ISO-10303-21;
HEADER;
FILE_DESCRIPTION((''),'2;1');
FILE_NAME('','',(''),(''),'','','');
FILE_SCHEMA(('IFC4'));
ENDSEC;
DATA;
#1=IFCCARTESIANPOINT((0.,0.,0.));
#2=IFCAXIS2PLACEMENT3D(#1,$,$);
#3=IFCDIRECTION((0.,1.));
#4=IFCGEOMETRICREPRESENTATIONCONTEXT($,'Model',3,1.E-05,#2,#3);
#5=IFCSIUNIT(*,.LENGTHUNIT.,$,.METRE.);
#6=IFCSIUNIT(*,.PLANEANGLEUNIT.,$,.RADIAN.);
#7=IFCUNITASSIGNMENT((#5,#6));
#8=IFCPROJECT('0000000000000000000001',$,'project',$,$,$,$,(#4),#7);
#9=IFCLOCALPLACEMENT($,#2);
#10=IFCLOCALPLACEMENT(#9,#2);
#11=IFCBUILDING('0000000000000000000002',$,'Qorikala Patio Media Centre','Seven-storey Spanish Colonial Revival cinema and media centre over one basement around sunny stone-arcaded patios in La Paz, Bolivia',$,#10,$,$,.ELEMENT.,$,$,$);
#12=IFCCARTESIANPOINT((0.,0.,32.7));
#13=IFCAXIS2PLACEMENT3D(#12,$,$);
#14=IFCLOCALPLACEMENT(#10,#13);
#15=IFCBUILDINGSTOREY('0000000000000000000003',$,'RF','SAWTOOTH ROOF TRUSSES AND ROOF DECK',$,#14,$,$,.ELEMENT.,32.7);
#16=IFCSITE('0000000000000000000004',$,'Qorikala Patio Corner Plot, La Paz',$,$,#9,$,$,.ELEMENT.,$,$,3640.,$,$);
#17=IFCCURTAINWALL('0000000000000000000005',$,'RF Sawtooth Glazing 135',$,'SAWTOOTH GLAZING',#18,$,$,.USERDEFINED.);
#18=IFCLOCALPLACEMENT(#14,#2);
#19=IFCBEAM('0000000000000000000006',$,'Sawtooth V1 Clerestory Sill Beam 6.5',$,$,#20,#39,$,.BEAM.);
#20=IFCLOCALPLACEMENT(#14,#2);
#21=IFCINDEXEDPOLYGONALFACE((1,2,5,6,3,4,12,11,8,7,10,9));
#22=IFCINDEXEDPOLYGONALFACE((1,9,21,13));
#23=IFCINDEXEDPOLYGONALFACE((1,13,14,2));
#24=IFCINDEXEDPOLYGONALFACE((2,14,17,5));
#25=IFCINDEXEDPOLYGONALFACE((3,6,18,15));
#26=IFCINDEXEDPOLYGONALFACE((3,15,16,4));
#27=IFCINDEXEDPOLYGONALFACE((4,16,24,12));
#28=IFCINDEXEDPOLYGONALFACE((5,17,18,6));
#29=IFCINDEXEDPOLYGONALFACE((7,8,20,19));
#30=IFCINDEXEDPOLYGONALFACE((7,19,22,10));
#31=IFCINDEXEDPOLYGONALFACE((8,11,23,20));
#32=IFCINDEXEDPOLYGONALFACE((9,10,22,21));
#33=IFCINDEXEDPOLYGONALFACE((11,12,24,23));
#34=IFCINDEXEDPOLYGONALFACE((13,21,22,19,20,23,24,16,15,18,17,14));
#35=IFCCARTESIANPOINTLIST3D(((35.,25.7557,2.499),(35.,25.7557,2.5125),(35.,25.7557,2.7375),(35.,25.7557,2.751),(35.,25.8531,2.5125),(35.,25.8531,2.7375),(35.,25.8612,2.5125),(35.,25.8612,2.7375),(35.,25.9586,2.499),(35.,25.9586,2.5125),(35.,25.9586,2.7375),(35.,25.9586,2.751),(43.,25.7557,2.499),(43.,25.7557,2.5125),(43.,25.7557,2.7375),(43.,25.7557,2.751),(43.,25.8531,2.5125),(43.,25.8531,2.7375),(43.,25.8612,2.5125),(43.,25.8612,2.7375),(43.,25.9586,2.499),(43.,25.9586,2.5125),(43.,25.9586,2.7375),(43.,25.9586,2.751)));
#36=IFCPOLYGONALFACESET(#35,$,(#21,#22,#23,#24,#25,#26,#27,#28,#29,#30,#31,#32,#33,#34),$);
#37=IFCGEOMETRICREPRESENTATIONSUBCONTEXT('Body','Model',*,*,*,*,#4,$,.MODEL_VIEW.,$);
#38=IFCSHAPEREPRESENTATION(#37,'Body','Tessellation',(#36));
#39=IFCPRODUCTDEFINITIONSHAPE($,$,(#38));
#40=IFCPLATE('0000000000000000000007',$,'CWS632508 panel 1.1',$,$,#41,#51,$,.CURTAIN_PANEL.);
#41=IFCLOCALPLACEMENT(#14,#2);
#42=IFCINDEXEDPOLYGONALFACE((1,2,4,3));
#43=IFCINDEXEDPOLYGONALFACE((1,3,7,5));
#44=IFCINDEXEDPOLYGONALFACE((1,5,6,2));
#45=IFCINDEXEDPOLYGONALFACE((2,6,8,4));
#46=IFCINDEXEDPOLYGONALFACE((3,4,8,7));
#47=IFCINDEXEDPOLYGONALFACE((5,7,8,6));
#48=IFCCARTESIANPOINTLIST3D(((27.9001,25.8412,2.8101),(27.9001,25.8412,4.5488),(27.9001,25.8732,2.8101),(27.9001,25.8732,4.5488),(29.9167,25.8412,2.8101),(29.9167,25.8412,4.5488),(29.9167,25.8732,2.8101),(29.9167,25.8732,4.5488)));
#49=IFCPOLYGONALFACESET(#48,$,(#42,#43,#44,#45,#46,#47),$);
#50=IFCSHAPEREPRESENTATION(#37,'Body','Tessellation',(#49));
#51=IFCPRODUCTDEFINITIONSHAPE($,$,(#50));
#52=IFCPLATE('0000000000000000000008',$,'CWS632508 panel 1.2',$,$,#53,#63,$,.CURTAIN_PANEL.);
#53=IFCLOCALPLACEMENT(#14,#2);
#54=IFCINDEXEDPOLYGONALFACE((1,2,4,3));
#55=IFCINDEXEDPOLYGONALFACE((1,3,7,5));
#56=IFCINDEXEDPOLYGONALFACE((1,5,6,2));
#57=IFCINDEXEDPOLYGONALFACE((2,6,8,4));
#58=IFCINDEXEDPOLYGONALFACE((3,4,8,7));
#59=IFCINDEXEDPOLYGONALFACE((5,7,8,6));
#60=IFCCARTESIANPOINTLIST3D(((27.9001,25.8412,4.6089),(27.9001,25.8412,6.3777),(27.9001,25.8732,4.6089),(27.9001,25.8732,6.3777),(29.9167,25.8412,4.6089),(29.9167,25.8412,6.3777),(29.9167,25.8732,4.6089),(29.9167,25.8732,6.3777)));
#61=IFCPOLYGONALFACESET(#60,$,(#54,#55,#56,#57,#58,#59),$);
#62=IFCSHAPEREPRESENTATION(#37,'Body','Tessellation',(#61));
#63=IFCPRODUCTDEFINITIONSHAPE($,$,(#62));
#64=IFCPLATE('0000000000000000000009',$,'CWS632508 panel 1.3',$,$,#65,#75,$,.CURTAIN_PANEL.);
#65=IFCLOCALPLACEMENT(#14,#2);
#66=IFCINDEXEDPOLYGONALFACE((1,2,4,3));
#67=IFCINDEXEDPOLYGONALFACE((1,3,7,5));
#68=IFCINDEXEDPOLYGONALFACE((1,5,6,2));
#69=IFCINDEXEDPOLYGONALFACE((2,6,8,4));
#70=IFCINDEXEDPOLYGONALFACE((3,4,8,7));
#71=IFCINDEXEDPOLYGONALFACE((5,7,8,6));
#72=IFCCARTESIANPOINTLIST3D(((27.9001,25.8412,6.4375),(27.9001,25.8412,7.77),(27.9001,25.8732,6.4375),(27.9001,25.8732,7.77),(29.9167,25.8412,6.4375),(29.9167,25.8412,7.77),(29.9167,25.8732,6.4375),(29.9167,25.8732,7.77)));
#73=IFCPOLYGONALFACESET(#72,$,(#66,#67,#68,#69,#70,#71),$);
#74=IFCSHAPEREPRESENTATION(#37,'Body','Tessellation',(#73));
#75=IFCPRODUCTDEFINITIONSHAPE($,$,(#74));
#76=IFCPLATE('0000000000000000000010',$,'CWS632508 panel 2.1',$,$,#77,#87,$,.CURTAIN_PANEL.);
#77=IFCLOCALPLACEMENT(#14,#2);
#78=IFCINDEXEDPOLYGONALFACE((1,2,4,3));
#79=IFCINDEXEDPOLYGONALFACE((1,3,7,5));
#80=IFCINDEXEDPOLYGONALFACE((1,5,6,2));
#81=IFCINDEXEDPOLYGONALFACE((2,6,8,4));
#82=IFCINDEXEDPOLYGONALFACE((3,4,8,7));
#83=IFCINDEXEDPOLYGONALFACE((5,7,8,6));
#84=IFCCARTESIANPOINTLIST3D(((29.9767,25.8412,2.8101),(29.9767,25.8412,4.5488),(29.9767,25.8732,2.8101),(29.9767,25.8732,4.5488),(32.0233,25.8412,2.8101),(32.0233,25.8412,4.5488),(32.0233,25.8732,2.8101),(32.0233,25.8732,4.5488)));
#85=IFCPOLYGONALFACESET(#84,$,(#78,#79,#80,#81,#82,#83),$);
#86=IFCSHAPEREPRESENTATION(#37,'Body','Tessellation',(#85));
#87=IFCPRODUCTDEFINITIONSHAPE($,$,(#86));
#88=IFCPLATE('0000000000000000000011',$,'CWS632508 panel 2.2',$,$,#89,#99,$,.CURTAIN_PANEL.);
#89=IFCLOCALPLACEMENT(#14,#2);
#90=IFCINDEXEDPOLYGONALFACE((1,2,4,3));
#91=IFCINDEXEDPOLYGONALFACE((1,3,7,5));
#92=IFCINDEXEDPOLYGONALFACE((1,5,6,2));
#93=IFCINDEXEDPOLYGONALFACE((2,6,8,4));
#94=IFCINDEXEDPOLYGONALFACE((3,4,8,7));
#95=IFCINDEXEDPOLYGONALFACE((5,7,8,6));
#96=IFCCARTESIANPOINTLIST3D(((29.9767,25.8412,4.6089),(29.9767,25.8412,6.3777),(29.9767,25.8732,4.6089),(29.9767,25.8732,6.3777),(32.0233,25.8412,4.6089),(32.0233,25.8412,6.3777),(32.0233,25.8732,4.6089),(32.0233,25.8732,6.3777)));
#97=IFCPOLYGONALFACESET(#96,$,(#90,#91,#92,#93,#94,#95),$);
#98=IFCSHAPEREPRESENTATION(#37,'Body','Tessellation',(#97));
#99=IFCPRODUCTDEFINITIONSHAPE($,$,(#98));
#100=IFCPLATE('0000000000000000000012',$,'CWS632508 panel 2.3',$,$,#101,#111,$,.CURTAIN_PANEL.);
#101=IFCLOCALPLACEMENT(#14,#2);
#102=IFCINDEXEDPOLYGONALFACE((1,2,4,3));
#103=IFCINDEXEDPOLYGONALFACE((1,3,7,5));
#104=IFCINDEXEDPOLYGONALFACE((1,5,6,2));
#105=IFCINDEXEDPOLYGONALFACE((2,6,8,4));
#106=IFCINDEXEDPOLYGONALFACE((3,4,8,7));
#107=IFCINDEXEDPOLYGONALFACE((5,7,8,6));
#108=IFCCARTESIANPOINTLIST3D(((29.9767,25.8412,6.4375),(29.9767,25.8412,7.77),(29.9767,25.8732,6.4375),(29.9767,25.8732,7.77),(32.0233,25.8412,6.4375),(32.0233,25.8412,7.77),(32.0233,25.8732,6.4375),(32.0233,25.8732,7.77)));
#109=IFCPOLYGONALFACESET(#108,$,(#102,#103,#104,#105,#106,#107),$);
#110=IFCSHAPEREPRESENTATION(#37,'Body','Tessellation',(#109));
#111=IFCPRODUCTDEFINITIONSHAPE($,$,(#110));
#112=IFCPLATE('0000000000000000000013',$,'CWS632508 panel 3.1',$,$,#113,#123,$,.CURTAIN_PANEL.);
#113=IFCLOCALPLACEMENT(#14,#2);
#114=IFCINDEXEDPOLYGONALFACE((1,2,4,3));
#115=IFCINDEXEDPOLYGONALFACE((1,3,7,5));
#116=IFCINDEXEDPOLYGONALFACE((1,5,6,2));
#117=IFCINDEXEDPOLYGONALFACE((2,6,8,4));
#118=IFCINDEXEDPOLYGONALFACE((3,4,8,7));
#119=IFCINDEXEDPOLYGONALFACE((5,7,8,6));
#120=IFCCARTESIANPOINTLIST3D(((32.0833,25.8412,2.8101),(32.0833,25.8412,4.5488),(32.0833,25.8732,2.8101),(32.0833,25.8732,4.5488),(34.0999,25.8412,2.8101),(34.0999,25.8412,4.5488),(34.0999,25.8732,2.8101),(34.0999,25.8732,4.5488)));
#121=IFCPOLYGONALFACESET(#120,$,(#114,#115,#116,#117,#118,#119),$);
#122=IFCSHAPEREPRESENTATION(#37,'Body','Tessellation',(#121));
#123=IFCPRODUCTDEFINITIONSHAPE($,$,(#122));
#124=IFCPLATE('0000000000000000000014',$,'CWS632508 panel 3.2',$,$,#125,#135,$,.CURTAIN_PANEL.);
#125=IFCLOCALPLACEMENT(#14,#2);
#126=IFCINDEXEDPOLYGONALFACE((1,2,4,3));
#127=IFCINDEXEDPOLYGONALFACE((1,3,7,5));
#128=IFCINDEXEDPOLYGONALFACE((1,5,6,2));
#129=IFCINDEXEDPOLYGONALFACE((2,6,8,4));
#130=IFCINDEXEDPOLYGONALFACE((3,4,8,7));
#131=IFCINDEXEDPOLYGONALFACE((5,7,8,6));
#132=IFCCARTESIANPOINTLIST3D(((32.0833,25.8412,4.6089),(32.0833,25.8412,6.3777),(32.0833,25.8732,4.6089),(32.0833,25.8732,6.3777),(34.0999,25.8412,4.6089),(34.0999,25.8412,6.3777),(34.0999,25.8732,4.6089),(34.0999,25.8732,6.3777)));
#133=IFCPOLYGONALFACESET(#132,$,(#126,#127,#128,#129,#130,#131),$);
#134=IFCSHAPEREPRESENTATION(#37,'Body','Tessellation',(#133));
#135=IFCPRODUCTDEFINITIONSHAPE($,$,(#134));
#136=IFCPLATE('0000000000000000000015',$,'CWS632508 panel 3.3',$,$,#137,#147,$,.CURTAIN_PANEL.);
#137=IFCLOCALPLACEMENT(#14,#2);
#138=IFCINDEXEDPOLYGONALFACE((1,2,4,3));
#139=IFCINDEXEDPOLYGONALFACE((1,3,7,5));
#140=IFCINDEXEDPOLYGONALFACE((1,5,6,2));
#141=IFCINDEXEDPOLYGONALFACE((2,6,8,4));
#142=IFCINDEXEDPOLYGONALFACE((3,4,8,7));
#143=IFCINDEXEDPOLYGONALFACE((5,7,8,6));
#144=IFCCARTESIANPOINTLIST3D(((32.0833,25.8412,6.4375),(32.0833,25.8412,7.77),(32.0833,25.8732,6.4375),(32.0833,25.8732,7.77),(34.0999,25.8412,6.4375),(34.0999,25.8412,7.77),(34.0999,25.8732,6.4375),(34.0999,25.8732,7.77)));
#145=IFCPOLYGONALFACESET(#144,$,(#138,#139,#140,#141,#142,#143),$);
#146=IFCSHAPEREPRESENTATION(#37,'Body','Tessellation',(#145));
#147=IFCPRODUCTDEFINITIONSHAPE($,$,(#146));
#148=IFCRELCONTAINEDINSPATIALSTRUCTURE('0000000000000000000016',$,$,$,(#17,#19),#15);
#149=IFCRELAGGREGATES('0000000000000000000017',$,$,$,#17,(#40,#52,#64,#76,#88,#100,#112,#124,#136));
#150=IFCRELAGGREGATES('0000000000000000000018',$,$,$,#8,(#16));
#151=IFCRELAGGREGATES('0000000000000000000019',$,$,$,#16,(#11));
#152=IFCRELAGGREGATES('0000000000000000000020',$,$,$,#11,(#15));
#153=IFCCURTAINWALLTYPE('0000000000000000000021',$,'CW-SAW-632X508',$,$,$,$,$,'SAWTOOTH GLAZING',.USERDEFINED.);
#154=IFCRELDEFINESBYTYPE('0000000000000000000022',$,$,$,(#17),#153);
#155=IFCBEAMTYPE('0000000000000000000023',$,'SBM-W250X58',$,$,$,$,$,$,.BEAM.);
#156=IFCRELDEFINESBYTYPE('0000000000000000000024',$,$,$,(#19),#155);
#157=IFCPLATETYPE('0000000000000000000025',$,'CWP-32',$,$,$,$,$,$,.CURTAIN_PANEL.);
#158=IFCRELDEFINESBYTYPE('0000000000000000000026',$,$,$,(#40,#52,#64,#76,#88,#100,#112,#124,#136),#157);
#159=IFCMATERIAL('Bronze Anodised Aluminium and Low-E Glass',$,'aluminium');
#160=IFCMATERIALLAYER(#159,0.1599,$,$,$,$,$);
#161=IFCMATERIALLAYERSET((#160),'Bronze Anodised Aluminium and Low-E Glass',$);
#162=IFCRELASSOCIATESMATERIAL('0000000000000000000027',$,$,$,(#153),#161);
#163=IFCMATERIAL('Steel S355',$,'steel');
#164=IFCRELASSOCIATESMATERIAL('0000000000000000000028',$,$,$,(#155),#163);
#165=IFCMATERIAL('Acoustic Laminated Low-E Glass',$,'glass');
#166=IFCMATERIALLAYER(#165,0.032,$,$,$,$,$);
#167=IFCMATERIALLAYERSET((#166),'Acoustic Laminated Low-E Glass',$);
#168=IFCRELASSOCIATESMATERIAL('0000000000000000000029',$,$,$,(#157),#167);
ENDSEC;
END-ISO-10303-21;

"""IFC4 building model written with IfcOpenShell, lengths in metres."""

from ifc_helpers import new_model, si_unit, direction, frame, origin, origin_2d, place, context, subcontext, project, spatial, rectangle, i_section, extrude, material, layer, layer_set, material_profile, profile_set, type_object, element, aggregate, save


model = new_model("IFC4")

# Units and contexts
model_context = context("Model", 3, precision=1e-05, world=origin(), true_north=direction((0.0, 1.0)))
body_context = subcontext(model_context, "Body", "Model", "MODEL_VIEW")
ifc_project = project(units=[si_unit("LENGTHUNIT", "METRE"), si_unit("PLANEANGLEUNIT", "RADIAN")], contexts=[model_context])

# Site, building, storey
site_placement = place(None, origin())
site = spatial("IfcSite", under=ifc_project, at=site_placement, Name="Qorikala Patio Corner Plot, La Paz", CompositionType="ELEMENT", RefElevation=3640.0)
building_placement = place(site_placement, origin())
building = spatial("IfcBuilding", under=site, at=building_placement, Name="Qorikala Patio Media Centre", Description="Seven-storey Spanish Colonial Revival cinema and media centre over one basement around sunny stone-arcaded patios in La Paz, Bolivia", CompositionType="ELEMENT")
storey_placement = place(building_placement, frame((0.0, 0.0, 32.7)))
storey = spatial("IfcBuildingStorey", under=building, at=storey_placement, Name="RF", Description="SAWTOOTH ROOF TRUSSES AND ROOF DECK", CompositionType="ELEMENT", Elevation=32.7)

# Curtain wall
ifc_material_1 = material(Name="Bronze Anodised Aluminium and Low-E Glass", Category="aluminium")
ifc_layer_1 = layer(ifc_material_1, 0.1599)
ifc_layer_set_1 = layer_set([ifc_layer_1], Name="Bronze Anodised Aluminium and Low-E Glass")
curtain_wall_type = type_object("IfcCurtainWallType", Name="CW-SAW-632X508", ElementType="SAWTOOTH GLAZING", PredefinedType="USERDEFINED", material=ifc_layer_set_1)
curtain_wall_placement = place(storey_placement, origin())
curtain_wall = element("IfcCurtainWall", 1, at=curtain_wall_placement, inside=storey, type_object=curtain_wall_type, Name="RF Sawtooth Glazing 135", ObjectType="SAWTOOTH GLAZING", PredefinedType="USERDEFINED")

# Beam
ifc_material_2 = material(Name="Steel S355", Category="steel")
ifc_material_profile_1 = material_profile(ifc_material_2, i_section(OverallWidth=0.2029, OverallDepth=0.252, WebThickness=0.0081, FlangeThickness=0.0134, at=origin_2d()), Name="W250X58")
ifc_profile_set_1 = profile_set([ifc_material_profile_1], Name="Steel S355")
beam_type = type_object("IfcBeamType", Name="SBM-W250X58", PredefinedType="BEAM", material=ifc_profile_set_1)
beam_placement = place(storey_placement, frame((35.0, 25.8572, 2.625), z_axis=(1.0, 0.0, 0.0), x_axis=(0.0, 1.0, 0.0)))
element("IfcBeam", 2, at=beam_placement, inside=storey, type_object=beam_type, Name="Sawtooth V1 Clerestory Sill Beam 6.5", PredefinedType="BEAM", context=body_context, shape_type="SweptSolid", body=[
    extrude(i_section(OverallWidth=0.2029, OverallDepth=0.252, WebThickness=0.0081, FlangeThickness=0.0134, at=origin_2d()), origin(), (0.0, 0.0, 1.0), 8.0),
])

# Plates
ifc_material_3 = material(Name="Acoustic Laminated Low-E Glass", Category="glass")
ifc_layer_2 = layer(ifc_material_3, 0.032)
ifc_layer_set_2 = layer_set([ifc_layer_2], Name="Acoustic Laminated Low-E Glass")
plate_type = type_object("IfcPlateType", Name="CWP-32", PredefinedType="CURTAIN_PANEL", material=ifc_layer_set_2)
plate_1_placement = place(storey_placement, frame((28.9084, 25.8572, 2.8101), z_axis=(0.0, 0.0, 1.0), x_axis=(1.0, 0.0, 0.0)))
plate_1 = element("IfcPlate", 3, at=plate_1_placement, type_object=plate_type, Name="CWS632508 panel 1.1", PredefinedType="CURTAIN_PANEL", context=body_context, shape_type="SweptSolid", body=[
    extrude(rectangle(XDim=2.0166, YDim=0.032, at=origin_2d()), origin(), (0.0, 0.0, 1.0), 1.7388),
])
plate_2_placement = place(storey_placement, frame((28.9084, 25.8572, 4.6089), z_axis=(0.0, 0.0, 1.0), x_axis=(1.0, 0.0, 0.0)))
plate_2 = element("IfcPlate", 4, at=plate_2_placement, type_object=plate_type, Name="CWS632508 panel 1.2", PredefinedType="CURTAIN_PANEL", context=body_context, shape_type="SweptSolid", body=[
    extrude(rectangle(XDim=2.0166, YDim=0.032, at=origin_2d()), origin(), (0.0, 0.0, 1.0), 1.7688),
])
plate_3_placement = place(storey_placement, frame((28.9084, 25.8572, 6.4375), z_axis=(0.0, 0.0, 1.0), x_axis=(1.0, 0.0, 0.0)))
plate_3 = element("IfcPlate", 5, at=plate_3_placement, type_object=plate_type, Name="CWS632508 panel 1.3", PredefinedType="CURTAIN_PANEL", context=body_context, shape_type="SweptSolid", body=[
    extrude(rectangle(XDim=2.0166, YDim=0.032, at=origin_2d()), origin(), (0.0, 0.0, 1.0), 1.3325),
])
plate_4_placement = place(storey_placement, frame((31.0, 25.8572, 2.8101), z_axis=(0.0, 0.0, 1.0), x_axis=(1.0, 0.0, 0.0)))
plate_4 = element("IfcPlate", 6, at=plate_4_placement, type_object=plate_type, Name="CWS632508 panel 2.1", PredefinedType="CURTAIN_PANEL", context=body_context, shape_type="SweptSolid", body=[
    extrude(rectangle(XDim=2.0466, YDim=0.032, at=origin_2d()), origin(), (0.0, 0.0, 1.0), 1.7388),
])
plate_5_placement = place(storey_placement, frame((31.0, 25.8572, 4.6089), z_axis=(0.0, 0.0, 1.0), x_axis=(1.0, 0.0, 0.0)))
plate_5 = element("IfcPlate", 7, at=plate_5_placement, type_object=plate_type, Name="CWS632508 panel 2.2", PredefinedType="CURTAIN_PANEL", context=body_context, shape_type="SweptSolid", body=[
    extrude(rectangle(XDim=2.0466, YDim=0.032, at=origin_2d()), origin(), (0.0, 0.0, 1.0), 1.7688),
])
plate_6_placement = place(storey_placement, frame((31.0, 25.8572, 6.4375), z_axis=(0.0, 0.0, 1.0), x_axis=(1.0, 0.0, 0.0)))
plate_6 = element("IfcPlate", 8, at=plate_6_placement, type_object=plate_type, Name="CWS632508 panel 2.3", PredefinedType="CURTAIN_PANEL", context=body_context, shape_type="SweptSolid", body=[
    extrude(rectangle(XDim=2.0466, YDim=0.032, at=origin_2d()), origin(), (0.0, 0.0, 1.0), 1.3325),
])
plate_7_placement = place(storey_placement, frame((33.0916, 25.8572, 2.8101), z_axis=(0.0, 0.0, 1.0), x_axis=(1.0, 0.0, 0.0)))
plate_7 = element("IfcPlate", 9, at=plate_7_placement, type_object=plate_type, Name="CWS632508 panel 3.1", PredefinedType="CURTAIN_PANEL", context=body_context, shape_type="SweptSolid", body=[
    extrude(rectangle(XDim=2.0166, YDim=0.032, at=origin_2d()), origin(), (0.0, 0.0, 1.0), 1.7388),
])
plate_8_placement = place(storey_placement, frame((33.0916, 25.8572, 4.6089), z_axis=(0.0, 0.0, 1.0), x_axis=(1.0, 0.0, 0.0)))
plate_8 = element("IfcPlate", 10, at=plate_8_placement, type_object=plate_type, Name="CWS632508 panel 3.2", PredefinedType="CURTAIN_PANEL", context=body_context, shape_type="SweptSolid", body=[
    extrude(rectangle(XDim=2.0166, YDim=0.032, at=origin_2d()), origin(), (0.0, 0.0, 1.0), 1.7688),
])
plate_9_placement = place(storey_placement, frame((33.0916, 25.8572, 6.4375), z_axis=(0.0, 0.0, 1.0), x_axis=(1.0, 0.0, 0.0)))
plate_9 = element("IfcPlate", 11, at=plate_9_placement, type_object=plate_type, Name="CWS632508 panel 3.3", PredefinedType="CURTAIN_PANEL", context=body_context, shape_type="SweptSolid", body=[
    extrude(rectangle(XDim=2.0166, YDim=0.032, at=origin_2d()), origin(), (0.0, 0.0, 1.0), 1.3325),
])
aggregate(curtain_wall, [plate_1, plate_2, plate_3, plate_4, plate_5, plate_6, plate_7, plate_8, plate_9])

save(model, "model.ifc")
